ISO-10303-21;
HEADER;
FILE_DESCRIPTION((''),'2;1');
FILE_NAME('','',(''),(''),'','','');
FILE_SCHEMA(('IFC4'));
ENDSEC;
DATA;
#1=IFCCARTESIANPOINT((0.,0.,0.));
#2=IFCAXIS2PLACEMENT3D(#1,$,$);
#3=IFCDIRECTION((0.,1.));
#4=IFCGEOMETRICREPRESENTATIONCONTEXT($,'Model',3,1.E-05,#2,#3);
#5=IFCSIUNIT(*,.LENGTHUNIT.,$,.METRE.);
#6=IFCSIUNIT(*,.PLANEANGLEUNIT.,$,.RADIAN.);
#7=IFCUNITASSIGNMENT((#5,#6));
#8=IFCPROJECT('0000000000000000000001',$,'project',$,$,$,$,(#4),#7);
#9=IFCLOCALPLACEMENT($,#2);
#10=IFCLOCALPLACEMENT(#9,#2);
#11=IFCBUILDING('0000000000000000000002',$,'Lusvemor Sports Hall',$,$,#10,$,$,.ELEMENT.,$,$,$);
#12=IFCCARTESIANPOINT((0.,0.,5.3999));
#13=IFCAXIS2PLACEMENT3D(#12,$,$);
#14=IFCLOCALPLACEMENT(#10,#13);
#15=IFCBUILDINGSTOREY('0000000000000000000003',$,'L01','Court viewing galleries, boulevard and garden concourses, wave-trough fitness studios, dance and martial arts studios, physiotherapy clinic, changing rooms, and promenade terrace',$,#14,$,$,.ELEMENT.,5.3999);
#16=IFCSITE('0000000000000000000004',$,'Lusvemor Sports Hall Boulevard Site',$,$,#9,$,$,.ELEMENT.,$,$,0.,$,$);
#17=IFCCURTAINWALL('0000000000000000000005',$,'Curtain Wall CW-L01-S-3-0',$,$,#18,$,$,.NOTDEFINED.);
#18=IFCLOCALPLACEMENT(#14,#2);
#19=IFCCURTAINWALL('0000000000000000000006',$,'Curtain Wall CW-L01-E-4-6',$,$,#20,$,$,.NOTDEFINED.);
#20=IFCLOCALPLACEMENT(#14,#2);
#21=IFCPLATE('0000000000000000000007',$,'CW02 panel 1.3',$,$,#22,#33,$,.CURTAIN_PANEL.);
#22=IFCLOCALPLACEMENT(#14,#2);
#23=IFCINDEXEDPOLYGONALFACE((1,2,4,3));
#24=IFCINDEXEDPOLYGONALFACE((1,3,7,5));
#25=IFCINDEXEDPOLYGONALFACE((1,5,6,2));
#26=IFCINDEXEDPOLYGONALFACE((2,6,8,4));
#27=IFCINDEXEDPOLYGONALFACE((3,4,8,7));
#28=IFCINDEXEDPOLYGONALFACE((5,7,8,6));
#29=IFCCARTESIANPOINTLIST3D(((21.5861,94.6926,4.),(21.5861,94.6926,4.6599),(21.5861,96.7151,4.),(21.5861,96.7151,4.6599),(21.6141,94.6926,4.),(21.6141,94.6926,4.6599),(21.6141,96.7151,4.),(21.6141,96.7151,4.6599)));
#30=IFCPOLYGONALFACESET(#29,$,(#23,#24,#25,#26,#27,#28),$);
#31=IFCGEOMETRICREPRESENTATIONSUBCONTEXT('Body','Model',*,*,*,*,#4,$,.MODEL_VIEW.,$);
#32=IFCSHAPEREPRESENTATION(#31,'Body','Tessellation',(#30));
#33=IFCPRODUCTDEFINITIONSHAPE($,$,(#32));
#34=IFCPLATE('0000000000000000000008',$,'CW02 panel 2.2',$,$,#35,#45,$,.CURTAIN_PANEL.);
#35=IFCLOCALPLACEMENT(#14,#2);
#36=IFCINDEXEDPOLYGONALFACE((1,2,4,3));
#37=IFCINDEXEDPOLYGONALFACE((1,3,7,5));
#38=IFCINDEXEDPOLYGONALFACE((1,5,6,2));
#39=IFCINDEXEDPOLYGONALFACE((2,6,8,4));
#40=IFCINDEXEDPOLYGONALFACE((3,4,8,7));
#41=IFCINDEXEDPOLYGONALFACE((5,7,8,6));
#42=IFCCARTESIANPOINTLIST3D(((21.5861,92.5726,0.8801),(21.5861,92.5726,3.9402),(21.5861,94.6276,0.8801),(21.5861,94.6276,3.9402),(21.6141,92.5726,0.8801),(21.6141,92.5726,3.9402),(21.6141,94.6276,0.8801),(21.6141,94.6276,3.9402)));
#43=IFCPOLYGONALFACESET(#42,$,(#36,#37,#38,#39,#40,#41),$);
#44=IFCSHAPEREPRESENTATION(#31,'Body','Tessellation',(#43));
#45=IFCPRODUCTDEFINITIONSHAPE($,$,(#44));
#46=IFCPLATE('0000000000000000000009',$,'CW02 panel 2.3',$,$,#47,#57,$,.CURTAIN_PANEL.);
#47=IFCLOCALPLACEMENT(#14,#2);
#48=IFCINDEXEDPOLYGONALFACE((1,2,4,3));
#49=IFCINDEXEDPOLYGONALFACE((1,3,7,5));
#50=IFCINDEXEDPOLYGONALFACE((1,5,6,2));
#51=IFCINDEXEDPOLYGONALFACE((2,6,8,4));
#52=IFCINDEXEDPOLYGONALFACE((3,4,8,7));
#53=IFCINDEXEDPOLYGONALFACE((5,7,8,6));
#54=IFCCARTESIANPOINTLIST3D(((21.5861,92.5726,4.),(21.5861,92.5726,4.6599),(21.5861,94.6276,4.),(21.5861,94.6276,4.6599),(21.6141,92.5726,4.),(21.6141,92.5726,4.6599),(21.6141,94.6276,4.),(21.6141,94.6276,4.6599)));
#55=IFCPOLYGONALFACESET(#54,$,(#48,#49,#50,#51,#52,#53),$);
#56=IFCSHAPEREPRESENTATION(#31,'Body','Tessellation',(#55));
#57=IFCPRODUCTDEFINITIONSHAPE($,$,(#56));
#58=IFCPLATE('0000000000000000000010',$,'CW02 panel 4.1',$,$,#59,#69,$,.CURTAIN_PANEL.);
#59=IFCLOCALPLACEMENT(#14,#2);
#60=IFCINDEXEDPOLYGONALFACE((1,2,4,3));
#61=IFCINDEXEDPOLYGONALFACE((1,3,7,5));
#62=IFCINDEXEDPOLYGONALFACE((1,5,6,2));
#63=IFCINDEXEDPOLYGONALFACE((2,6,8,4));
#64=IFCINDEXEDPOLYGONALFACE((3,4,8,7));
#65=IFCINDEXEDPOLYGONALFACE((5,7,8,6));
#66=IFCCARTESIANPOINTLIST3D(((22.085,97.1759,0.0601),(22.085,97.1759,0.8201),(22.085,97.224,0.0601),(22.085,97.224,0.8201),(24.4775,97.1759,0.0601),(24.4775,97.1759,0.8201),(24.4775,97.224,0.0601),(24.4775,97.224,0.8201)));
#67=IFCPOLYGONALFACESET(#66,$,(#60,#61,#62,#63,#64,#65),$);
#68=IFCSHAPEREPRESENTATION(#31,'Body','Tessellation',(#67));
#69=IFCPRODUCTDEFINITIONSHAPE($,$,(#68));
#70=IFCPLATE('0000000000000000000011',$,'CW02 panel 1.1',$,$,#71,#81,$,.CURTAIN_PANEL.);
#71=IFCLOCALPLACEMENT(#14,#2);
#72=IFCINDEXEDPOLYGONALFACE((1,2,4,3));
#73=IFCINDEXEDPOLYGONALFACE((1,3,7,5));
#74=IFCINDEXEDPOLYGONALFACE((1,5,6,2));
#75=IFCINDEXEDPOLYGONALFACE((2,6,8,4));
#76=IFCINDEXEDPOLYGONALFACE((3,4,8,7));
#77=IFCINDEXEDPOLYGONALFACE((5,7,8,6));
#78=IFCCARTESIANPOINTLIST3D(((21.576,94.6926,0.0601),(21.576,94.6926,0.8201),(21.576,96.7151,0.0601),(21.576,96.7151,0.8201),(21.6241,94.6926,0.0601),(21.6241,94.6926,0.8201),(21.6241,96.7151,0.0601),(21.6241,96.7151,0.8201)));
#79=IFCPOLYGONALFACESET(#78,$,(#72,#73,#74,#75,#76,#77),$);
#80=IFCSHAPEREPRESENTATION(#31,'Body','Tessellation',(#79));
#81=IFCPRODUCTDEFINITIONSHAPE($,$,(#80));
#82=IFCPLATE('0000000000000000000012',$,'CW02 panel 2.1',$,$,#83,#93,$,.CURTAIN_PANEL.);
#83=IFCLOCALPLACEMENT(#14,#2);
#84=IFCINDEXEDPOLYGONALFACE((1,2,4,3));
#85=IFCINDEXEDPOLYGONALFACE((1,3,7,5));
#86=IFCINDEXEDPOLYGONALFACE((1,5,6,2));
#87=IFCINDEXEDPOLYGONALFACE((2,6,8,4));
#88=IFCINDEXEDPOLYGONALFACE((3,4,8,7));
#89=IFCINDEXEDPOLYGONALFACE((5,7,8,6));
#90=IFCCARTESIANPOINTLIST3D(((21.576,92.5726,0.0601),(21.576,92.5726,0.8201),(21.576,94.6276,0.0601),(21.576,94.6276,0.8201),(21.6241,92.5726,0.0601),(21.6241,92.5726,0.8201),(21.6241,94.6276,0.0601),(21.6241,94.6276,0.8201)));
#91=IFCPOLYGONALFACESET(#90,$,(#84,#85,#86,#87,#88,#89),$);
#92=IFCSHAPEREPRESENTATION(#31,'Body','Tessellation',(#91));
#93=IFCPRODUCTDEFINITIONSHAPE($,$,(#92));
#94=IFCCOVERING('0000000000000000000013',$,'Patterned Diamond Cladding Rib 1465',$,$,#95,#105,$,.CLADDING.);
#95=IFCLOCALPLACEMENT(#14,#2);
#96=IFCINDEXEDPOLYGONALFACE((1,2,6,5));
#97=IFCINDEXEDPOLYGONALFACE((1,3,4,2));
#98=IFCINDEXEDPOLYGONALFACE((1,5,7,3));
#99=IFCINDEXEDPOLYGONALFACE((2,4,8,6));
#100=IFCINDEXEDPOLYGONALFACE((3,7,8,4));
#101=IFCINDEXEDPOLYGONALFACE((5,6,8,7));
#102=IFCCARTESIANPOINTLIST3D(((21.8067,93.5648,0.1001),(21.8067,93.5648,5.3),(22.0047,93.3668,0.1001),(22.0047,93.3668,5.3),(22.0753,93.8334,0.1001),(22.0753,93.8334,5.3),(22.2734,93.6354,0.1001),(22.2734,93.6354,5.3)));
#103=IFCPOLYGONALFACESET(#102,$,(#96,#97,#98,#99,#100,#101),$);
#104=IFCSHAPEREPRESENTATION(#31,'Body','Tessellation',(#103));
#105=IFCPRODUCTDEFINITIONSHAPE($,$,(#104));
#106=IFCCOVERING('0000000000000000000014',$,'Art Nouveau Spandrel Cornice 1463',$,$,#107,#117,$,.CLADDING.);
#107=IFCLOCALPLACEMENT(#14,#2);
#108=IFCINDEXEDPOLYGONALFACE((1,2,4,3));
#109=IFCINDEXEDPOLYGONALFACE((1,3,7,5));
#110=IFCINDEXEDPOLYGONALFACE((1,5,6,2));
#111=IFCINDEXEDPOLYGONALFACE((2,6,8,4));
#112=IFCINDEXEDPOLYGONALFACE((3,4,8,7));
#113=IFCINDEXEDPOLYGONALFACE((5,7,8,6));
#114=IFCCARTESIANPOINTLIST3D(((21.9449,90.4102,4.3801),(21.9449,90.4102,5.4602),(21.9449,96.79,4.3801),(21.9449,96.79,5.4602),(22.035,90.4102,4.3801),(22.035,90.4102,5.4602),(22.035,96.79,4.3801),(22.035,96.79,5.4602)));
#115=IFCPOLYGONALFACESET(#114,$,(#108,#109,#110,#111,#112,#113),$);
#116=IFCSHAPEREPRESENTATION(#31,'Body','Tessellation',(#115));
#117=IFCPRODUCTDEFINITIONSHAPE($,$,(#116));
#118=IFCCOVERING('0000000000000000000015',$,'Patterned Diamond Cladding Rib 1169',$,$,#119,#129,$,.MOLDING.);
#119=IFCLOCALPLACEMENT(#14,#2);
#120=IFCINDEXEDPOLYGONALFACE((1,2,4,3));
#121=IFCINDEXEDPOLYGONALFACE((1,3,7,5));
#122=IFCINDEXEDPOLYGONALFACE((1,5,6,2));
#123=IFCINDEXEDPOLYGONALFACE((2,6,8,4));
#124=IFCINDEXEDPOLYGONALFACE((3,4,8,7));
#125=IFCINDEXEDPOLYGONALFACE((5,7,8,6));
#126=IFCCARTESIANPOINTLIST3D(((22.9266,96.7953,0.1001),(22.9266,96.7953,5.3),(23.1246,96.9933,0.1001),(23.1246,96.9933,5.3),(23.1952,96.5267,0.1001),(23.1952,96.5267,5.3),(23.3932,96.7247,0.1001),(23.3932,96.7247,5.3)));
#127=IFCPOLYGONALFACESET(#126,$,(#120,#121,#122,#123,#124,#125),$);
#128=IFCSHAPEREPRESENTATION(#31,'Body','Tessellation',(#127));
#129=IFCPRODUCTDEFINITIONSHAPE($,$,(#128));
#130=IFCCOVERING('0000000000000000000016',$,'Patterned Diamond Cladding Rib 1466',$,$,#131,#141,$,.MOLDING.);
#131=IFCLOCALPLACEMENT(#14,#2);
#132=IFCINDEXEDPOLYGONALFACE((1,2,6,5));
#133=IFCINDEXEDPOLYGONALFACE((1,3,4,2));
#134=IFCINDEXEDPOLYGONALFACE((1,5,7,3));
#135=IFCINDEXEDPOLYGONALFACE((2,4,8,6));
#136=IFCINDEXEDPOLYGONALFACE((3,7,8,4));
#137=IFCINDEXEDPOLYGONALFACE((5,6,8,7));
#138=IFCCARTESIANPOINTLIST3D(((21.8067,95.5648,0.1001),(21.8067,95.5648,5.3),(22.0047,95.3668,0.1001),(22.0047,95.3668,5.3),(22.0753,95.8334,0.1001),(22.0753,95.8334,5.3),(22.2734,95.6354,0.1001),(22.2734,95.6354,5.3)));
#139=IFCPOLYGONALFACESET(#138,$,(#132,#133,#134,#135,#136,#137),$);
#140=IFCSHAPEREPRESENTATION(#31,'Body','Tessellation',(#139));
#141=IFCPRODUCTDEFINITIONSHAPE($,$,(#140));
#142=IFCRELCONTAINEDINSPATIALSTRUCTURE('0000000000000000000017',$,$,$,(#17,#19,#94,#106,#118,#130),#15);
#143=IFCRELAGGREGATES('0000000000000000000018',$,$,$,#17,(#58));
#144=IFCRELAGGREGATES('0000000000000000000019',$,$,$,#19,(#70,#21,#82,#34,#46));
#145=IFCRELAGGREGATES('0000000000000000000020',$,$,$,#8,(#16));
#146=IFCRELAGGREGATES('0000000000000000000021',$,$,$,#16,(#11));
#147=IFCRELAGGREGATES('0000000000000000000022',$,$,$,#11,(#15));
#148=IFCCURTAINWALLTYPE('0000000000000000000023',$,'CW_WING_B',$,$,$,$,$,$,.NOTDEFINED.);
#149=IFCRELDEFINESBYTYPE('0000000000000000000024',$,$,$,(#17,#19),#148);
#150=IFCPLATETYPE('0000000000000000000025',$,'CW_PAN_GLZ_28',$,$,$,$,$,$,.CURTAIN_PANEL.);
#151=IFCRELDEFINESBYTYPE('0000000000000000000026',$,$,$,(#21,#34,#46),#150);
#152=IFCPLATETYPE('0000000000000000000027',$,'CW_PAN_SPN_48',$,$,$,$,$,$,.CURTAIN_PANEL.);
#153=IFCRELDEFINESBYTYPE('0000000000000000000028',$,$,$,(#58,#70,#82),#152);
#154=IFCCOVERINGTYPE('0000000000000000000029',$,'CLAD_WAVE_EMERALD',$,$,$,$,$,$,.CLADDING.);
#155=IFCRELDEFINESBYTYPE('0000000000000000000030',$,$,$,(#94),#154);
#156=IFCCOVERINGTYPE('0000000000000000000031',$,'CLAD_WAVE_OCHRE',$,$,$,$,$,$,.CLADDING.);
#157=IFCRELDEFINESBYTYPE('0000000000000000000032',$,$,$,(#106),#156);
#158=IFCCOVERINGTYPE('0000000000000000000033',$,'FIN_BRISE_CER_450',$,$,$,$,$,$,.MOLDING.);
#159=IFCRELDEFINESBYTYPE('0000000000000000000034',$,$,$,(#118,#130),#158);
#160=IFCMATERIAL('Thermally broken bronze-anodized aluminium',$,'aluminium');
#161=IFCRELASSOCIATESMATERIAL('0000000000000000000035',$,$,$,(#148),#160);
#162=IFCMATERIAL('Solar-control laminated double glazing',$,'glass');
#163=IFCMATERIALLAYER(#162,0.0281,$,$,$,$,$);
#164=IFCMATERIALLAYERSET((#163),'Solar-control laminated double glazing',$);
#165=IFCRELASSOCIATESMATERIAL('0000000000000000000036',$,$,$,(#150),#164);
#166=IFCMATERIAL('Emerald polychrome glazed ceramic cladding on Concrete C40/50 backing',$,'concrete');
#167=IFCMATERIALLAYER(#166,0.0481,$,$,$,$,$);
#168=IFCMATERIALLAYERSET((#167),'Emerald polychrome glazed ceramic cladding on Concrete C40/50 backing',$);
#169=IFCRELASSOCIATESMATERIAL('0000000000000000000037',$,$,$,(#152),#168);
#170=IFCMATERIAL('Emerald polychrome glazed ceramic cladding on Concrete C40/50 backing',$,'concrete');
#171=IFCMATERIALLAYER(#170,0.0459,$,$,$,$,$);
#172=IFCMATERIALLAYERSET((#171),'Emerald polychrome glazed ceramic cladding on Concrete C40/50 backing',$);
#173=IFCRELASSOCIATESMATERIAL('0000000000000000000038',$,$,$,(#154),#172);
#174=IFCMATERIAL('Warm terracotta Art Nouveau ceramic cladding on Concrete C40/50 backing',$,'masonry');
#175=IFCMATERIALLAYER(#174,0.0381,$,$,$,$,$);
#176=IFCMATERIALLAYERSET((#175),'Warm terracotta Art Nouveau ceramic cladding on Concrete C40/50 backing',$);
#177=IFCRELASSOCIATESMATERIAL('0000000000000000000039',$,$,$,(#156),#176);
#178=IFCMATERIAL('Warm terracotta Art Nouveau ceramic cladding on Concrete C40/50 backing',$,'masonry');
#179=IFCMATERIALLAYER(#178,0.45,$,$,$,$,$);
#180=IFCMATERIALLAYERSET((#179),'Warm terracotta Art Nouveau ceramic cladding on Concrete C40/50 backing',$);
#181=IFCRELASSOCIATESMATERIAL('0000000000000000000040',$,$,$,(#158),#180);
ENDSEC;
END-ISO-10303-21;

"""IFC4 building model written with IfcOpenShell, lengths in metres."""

from ifc_helpers import new_model, si_unit, direction, frame, origin, origin_2d, place, context, subcontext, project, spatial, rectangle, extrude, material, layer, layer_set, type_object, element, aggregate, save


model = new_model("IFC4")

# Units and contexts
model_context = context("Model", 3, precision=1e-05, world=origin(), true_north=direction((0.0, 1.0)))
body_context = subcontext(model_context, "Body", "Model", "MODEL_VIEW")
ifc_project = project(units=[si_unit("LENGTHUNIT", "METRE"), si_unit("PLANEANGLEUNIT", "RADIAN")], contexts=[model_context])

# Site, building, storey
site_placement = place(None, origin())
site = spatial("IfcSite", under=ifc_project, at=site_placement, Name="Lusvemor Sports Hall Boulevard Site", CompositionType="ELEMENT", RefElevation=0.0)
building_placement = place(site_placement, origin())
building = spatial("IfcBuilding", under=site, at=building_placement, Name="Lusvemor Sports Hall", CompositionType="ELEMENT")
storey_placement = place(building_placement, frame((0.0, 0.0, 5.3999)))
storey = spatial("IfcBuildingStorey", under=building, at=storey_placement, Name="L01", Description="Court viewing galleries, boulevard and garden concourses, wave-trough fitness studios, dance and martial arts studios, physiotherapy clinic, changing rooms, and promenade terrace", CompositionType="ELEMENT", Elevation=5.3999)

# Curtain wall
ifc_material_1 = material(Name="Thermally broken bronze-anodized aluminium", Category="aluminium")
curtain_wall_type = type_object("IfcCurtainWallType", Name="CW_WING_B", PredefinedType="NOTDEFINED", material=ifc_material_1)
curtain_wall_1_placement = place(storey_placement, origin())
curtain_wall_1 = element("IfcCurtainWall", 1, at=curtain_wall_1_placement, inside=storey, type_object=curtain_wall_type, Name="Curtain Wall CW-L01-S-3-0", PredefinedType="NOTDEFINED")

# Curtain wall
curtain_wall_2_placement = place(storey_placement, origin())
curtain_wall_2 = element("IfcCurtainWall", 2, at=curtain_wall_2_placement, inside=storey, type_object=curtain_wall_type, Name="Curtain Wall CW-L01-E-4-6", PredefinedType="NOTDEFINED")

# Plates
ifc_material_2 = material(Name="Solar-control laminated double glazing", Category="glass")
ifc_layer_1 = layer(ifc_material_2, 0.0281)
ifc_layer_set_1 = layer_set([ifc_layer_1], Name="Solar-control laminated double glazing")
plate_type_1 = type_object("IfcPlateType", Name="CW_PAN_GLZ_28", PredefinedType="CURTAIN_PANEL", material=ifc_layer_set_1)
plate_1_placement = place(storey_placement, frame((21.6001, 95.7039, 4.0), z_axis=(0.0, 0.0, 1.0), x_axis=(0.0, -1.0, 0.0)))
plate_1 = element("IfcPlate", 3, at=plate_1_placement, type_object=plate_type_1, Name="CW02 panel 1.3", PredefinedType="CURTAIN_PANEL", context=body_context, shape_type="SweptSolid", body=[
    extrude(rectangle(XDim=2.0225, YDim=0.0281, at=origin_2d()), origin(), (0.0, 0.0, 1.0), 0.6599),
])
plate_2_placement = place(storey_placement, frame((21.6001, 93.6001, 0.8801), z_axis=(0.0, 0.0, 1.0), x_axis=(0.0, -1.0, 0.0)))
plate_2 = element("IfcPlate", 4, at=plate_2_placement, type_object=plate_type_1, Name="CW02 panel 2.2", PredefinedType="CURTAIN_PANEL", context=body_context, shape_type="SweptSolid", body=[
    extrude(rectangle(XDim=2.0549, YDim=0.0281, at=origin_2d()), origin(), (0.0, 0.0, 1.0), 3.0601),
])
plate_3_placement = place(storey_placement, frame((21.6001, 93.6001, 4.0), z_axis=(0.0, 0.0, 1.0), x_axis=(0.0, -1.0, 0.0)))
plate_3 = element("IfcPlate", 5, at=plate_3_placement, type_object=plate_type_1, Name="CW02 panel 2.3", PredefinedType="CURTAIN_PANEL", context=body_context, shape_type="SweptSolid", body=[
    extrude(rectangle(XDim=2.0549, YDim=0.0281, at=origin_2d()), origin(), (0.0, 0.0, 1.0), 0.6599),
])
ifc_material_3 = material(Name="Emerald polychrome glazed ceramic cladding on Concrete C40/50 backing", Category="concrete")
ifc_layer_2 = layer(ifc_material_3, 0.0481)
ifc_layer_set_2 = layer_set([ifc_layer_2], Name="Emerald polychrome glazed ceramic cladding on Concrete C40/50 backing")
plate_type_2 = type_object("IfcPlateType", Name="CW_PAN_SPN_48", PredefinedType="CURTAIN_PANEL", material=ifc_layer_set_2)
plate_4_placement = place(storey_placement, frame((23.2812, 97.2, 0.0601), z_axis=(0.0, 0.0, 1.0), x_axis=(-1.0, 0.0, 0.0)))
plate_4 = element("IfcPlate", 6, at=plate_4_placement, type_object=plate_type_2, Name="CW02 panel 4.1", PredefinedType="CURTAIN_PANEL", context=body_context, shape_type="SweptSolid", body=[
    extrude(rectangle(XDim=2.3926, YDim=0.0481, at=origin_2d()), origin(), (0.0, 0.0, 1.0), 0.76),
])
aggregate(curtain_wall_1, [plate_4])
plate_5_placement = place(storey_placement, frame((21.6001, 95.7039, 0.0601), z_axis=(0.0, 0.0, 1.0), x_axis=(0.0, -1.0, 0.0)))
plate_5 = element("IfcPlate", 7, at=plate_5_placement, type_object=plate_type_2, Name="CW02 panel 1.1", PredefinedType="CURTAIN_PANEL", context=body_context, shape_type="SweptSolid", body=[
    extrude(rectangle(XDim=2.0225, YDim=0.0481, at=origin_2d()), origin(), (0.0, 0.0, 1.0), 0.76),
])
plate_6_placement = place(storey_placement, frame((21.6001, 93.6001, 0.0601), z_axis=(0.0, 0.0, 1.0), x_axis=(0.0, -1.0, 0.0)))
plate_6 = element("IfcPlate", 8, at=plate_6_placement, type_object=plate_type_2, Name="CW02 panel 2.1", PredefinedType="CURTAIN_PANEL", context=body_context, shape_type="SweptSolid", body=[
    extrude(rectangle(XDim=2.0549, YDim=0.0481, at=origin_2d()), origin(), (0.0, 0.0, 1.0), 0.76),
])
aggregate(curtain_wall_2, [plate_5, plate_1, plate_6, plate_2, plate_3])

# Coverings
ifc_material_4 = material(Name="Emerald polychrome glazed ceramic cladding on Concrete C40/50 backing", Category="concrete")
ifc_layer_3 = layer(ifc_material_4, 0.0459)
ifc_layer_set_3 = layer_set([ifc_layer_3], Name="Emerald polychrome glazed ceramic cladding on Concrete C40/50 backing")
covering_type_1 = type_object("IfcCoveringType", Name="CLAD_WAVE_EMERALD", PredefinedType="CLADDING", material=ifc_layer_set_3)
covering_1_placement = place(storey_placement, frame((22.04, 93.6001, 0.1001), z_axis=(0.0, 0.0, 1.0), x_axis=(0.707107, 0.707107, 0.0)))
element("IfcCovering", 9, at=covering_1_placement, inside=storey, type_object=covering_type_1, Name="Patterned Diamond Cladding Rib 1465", PredefinedType="CLADDING", context=body_context, shape_type="SweptSolid", body=[
    extrude(rectangle(XDim=0.3799, YDim=0.28, at=origin_2d()), origin(), (0.0, 0.0, 1.0), 5.2),
])
ifc_material_5 = material(Name="Warm terracotta Art Nouveau ceramic cladding on Concrete C40/50 backing", Category="masonry")
ifc_layer_4 = layer(ifc_material_5, 0.0381)
ifc_layer_set_4 = layer_set([ifc_layer_4], Name="Warm terracotta Art Nouveau ceramic cladding on Concrete C40/50 backing")
covering_type_2 = type_object("IfcCoveringType", Name="CLAD_WAVE_OCHRE", PredefinedType="CLADDING", material=ifc_layer_set_4)
covering_2_placement = place(storey_placement, frame((21.99, 93.6001, 4.3801), z_axis=(0.0, 0.0, 1.0), x_axis=(1.0, 0.0, 0.0)))
element("IfcCovering", 10, at=covering_2_placement, inside=storey, type_object=covering_type_2, Name="Art Nouveau Spandrel Cornice 1463", PredefinedType="CLADDING", context=body_context, shape_type="SweptSolid", body=[
    extrude(rectangle(XDim=0.0901, YDim=6.3799, at=origin_2d()), origin(), (0.0, 0.0, 1.0), 1.0801),
])
ifc_material_6 = material(Name="Warm terracotta Art Nouveau ceramic cladding on Concrete C40/50 backing", Category="masonry")
ifc_layer_5 = layer(ifc_material_6, 0.45)
ifc_layer_set_5 = layer_set([ifc_layer_5], Name="Warm terracotta Art Nouveau ceramic cladding on Concrete C40/50 backing")
covering_type_3 = type_object("IfcCoveringType", Name="FIN_BRISE_CER_450", PredefinedType="MOLDING", material=ifc_layer_set_5)
covering_3_placement = place(storey_placement, frame((23.1599, 96.76, 0.1001), z_axis=(0.0, 0.0, 1.0), x_axis=(0.707107, 0.707107, 0.0)))
element("IfcCovering", 11, at=covering_3_placement, inside=storey, type_object=covering_type_3, Name="Patterned Diamond Cladding Rib 1169", PredefinedType="MOLDING", context=body_context, shape_type="SweptSolid", body=[
    extrude(rectangle(XDim=0.28, YDim=0.3799, at=origin_2d()), origin(), (0.0, 0.0, 1.0), 5.2),
])
covering_4_placement = place(storey_placement, frame((22.04, 95.6001, 0.1001), z_axis=(0.0, 0.0, 1.0), x_axis=(0.707107, 0.707107, 0.0)))
element("IfcCovering", 12, at=covering_4_placement, inside=storey, type_object=covering_type_3, Name="Patterned Diamond Cladding Rib 1466", PredefinedType="MOLDING", context=body_context, shape_type="SweptSolid", body=[
    extrude(rectangle(XDim=0.3799, YDim=0.28, at=origin_2d()), origin(), (0.0, 0.0, 1.0), 5.2),
])

save(model, "model.ifc")
